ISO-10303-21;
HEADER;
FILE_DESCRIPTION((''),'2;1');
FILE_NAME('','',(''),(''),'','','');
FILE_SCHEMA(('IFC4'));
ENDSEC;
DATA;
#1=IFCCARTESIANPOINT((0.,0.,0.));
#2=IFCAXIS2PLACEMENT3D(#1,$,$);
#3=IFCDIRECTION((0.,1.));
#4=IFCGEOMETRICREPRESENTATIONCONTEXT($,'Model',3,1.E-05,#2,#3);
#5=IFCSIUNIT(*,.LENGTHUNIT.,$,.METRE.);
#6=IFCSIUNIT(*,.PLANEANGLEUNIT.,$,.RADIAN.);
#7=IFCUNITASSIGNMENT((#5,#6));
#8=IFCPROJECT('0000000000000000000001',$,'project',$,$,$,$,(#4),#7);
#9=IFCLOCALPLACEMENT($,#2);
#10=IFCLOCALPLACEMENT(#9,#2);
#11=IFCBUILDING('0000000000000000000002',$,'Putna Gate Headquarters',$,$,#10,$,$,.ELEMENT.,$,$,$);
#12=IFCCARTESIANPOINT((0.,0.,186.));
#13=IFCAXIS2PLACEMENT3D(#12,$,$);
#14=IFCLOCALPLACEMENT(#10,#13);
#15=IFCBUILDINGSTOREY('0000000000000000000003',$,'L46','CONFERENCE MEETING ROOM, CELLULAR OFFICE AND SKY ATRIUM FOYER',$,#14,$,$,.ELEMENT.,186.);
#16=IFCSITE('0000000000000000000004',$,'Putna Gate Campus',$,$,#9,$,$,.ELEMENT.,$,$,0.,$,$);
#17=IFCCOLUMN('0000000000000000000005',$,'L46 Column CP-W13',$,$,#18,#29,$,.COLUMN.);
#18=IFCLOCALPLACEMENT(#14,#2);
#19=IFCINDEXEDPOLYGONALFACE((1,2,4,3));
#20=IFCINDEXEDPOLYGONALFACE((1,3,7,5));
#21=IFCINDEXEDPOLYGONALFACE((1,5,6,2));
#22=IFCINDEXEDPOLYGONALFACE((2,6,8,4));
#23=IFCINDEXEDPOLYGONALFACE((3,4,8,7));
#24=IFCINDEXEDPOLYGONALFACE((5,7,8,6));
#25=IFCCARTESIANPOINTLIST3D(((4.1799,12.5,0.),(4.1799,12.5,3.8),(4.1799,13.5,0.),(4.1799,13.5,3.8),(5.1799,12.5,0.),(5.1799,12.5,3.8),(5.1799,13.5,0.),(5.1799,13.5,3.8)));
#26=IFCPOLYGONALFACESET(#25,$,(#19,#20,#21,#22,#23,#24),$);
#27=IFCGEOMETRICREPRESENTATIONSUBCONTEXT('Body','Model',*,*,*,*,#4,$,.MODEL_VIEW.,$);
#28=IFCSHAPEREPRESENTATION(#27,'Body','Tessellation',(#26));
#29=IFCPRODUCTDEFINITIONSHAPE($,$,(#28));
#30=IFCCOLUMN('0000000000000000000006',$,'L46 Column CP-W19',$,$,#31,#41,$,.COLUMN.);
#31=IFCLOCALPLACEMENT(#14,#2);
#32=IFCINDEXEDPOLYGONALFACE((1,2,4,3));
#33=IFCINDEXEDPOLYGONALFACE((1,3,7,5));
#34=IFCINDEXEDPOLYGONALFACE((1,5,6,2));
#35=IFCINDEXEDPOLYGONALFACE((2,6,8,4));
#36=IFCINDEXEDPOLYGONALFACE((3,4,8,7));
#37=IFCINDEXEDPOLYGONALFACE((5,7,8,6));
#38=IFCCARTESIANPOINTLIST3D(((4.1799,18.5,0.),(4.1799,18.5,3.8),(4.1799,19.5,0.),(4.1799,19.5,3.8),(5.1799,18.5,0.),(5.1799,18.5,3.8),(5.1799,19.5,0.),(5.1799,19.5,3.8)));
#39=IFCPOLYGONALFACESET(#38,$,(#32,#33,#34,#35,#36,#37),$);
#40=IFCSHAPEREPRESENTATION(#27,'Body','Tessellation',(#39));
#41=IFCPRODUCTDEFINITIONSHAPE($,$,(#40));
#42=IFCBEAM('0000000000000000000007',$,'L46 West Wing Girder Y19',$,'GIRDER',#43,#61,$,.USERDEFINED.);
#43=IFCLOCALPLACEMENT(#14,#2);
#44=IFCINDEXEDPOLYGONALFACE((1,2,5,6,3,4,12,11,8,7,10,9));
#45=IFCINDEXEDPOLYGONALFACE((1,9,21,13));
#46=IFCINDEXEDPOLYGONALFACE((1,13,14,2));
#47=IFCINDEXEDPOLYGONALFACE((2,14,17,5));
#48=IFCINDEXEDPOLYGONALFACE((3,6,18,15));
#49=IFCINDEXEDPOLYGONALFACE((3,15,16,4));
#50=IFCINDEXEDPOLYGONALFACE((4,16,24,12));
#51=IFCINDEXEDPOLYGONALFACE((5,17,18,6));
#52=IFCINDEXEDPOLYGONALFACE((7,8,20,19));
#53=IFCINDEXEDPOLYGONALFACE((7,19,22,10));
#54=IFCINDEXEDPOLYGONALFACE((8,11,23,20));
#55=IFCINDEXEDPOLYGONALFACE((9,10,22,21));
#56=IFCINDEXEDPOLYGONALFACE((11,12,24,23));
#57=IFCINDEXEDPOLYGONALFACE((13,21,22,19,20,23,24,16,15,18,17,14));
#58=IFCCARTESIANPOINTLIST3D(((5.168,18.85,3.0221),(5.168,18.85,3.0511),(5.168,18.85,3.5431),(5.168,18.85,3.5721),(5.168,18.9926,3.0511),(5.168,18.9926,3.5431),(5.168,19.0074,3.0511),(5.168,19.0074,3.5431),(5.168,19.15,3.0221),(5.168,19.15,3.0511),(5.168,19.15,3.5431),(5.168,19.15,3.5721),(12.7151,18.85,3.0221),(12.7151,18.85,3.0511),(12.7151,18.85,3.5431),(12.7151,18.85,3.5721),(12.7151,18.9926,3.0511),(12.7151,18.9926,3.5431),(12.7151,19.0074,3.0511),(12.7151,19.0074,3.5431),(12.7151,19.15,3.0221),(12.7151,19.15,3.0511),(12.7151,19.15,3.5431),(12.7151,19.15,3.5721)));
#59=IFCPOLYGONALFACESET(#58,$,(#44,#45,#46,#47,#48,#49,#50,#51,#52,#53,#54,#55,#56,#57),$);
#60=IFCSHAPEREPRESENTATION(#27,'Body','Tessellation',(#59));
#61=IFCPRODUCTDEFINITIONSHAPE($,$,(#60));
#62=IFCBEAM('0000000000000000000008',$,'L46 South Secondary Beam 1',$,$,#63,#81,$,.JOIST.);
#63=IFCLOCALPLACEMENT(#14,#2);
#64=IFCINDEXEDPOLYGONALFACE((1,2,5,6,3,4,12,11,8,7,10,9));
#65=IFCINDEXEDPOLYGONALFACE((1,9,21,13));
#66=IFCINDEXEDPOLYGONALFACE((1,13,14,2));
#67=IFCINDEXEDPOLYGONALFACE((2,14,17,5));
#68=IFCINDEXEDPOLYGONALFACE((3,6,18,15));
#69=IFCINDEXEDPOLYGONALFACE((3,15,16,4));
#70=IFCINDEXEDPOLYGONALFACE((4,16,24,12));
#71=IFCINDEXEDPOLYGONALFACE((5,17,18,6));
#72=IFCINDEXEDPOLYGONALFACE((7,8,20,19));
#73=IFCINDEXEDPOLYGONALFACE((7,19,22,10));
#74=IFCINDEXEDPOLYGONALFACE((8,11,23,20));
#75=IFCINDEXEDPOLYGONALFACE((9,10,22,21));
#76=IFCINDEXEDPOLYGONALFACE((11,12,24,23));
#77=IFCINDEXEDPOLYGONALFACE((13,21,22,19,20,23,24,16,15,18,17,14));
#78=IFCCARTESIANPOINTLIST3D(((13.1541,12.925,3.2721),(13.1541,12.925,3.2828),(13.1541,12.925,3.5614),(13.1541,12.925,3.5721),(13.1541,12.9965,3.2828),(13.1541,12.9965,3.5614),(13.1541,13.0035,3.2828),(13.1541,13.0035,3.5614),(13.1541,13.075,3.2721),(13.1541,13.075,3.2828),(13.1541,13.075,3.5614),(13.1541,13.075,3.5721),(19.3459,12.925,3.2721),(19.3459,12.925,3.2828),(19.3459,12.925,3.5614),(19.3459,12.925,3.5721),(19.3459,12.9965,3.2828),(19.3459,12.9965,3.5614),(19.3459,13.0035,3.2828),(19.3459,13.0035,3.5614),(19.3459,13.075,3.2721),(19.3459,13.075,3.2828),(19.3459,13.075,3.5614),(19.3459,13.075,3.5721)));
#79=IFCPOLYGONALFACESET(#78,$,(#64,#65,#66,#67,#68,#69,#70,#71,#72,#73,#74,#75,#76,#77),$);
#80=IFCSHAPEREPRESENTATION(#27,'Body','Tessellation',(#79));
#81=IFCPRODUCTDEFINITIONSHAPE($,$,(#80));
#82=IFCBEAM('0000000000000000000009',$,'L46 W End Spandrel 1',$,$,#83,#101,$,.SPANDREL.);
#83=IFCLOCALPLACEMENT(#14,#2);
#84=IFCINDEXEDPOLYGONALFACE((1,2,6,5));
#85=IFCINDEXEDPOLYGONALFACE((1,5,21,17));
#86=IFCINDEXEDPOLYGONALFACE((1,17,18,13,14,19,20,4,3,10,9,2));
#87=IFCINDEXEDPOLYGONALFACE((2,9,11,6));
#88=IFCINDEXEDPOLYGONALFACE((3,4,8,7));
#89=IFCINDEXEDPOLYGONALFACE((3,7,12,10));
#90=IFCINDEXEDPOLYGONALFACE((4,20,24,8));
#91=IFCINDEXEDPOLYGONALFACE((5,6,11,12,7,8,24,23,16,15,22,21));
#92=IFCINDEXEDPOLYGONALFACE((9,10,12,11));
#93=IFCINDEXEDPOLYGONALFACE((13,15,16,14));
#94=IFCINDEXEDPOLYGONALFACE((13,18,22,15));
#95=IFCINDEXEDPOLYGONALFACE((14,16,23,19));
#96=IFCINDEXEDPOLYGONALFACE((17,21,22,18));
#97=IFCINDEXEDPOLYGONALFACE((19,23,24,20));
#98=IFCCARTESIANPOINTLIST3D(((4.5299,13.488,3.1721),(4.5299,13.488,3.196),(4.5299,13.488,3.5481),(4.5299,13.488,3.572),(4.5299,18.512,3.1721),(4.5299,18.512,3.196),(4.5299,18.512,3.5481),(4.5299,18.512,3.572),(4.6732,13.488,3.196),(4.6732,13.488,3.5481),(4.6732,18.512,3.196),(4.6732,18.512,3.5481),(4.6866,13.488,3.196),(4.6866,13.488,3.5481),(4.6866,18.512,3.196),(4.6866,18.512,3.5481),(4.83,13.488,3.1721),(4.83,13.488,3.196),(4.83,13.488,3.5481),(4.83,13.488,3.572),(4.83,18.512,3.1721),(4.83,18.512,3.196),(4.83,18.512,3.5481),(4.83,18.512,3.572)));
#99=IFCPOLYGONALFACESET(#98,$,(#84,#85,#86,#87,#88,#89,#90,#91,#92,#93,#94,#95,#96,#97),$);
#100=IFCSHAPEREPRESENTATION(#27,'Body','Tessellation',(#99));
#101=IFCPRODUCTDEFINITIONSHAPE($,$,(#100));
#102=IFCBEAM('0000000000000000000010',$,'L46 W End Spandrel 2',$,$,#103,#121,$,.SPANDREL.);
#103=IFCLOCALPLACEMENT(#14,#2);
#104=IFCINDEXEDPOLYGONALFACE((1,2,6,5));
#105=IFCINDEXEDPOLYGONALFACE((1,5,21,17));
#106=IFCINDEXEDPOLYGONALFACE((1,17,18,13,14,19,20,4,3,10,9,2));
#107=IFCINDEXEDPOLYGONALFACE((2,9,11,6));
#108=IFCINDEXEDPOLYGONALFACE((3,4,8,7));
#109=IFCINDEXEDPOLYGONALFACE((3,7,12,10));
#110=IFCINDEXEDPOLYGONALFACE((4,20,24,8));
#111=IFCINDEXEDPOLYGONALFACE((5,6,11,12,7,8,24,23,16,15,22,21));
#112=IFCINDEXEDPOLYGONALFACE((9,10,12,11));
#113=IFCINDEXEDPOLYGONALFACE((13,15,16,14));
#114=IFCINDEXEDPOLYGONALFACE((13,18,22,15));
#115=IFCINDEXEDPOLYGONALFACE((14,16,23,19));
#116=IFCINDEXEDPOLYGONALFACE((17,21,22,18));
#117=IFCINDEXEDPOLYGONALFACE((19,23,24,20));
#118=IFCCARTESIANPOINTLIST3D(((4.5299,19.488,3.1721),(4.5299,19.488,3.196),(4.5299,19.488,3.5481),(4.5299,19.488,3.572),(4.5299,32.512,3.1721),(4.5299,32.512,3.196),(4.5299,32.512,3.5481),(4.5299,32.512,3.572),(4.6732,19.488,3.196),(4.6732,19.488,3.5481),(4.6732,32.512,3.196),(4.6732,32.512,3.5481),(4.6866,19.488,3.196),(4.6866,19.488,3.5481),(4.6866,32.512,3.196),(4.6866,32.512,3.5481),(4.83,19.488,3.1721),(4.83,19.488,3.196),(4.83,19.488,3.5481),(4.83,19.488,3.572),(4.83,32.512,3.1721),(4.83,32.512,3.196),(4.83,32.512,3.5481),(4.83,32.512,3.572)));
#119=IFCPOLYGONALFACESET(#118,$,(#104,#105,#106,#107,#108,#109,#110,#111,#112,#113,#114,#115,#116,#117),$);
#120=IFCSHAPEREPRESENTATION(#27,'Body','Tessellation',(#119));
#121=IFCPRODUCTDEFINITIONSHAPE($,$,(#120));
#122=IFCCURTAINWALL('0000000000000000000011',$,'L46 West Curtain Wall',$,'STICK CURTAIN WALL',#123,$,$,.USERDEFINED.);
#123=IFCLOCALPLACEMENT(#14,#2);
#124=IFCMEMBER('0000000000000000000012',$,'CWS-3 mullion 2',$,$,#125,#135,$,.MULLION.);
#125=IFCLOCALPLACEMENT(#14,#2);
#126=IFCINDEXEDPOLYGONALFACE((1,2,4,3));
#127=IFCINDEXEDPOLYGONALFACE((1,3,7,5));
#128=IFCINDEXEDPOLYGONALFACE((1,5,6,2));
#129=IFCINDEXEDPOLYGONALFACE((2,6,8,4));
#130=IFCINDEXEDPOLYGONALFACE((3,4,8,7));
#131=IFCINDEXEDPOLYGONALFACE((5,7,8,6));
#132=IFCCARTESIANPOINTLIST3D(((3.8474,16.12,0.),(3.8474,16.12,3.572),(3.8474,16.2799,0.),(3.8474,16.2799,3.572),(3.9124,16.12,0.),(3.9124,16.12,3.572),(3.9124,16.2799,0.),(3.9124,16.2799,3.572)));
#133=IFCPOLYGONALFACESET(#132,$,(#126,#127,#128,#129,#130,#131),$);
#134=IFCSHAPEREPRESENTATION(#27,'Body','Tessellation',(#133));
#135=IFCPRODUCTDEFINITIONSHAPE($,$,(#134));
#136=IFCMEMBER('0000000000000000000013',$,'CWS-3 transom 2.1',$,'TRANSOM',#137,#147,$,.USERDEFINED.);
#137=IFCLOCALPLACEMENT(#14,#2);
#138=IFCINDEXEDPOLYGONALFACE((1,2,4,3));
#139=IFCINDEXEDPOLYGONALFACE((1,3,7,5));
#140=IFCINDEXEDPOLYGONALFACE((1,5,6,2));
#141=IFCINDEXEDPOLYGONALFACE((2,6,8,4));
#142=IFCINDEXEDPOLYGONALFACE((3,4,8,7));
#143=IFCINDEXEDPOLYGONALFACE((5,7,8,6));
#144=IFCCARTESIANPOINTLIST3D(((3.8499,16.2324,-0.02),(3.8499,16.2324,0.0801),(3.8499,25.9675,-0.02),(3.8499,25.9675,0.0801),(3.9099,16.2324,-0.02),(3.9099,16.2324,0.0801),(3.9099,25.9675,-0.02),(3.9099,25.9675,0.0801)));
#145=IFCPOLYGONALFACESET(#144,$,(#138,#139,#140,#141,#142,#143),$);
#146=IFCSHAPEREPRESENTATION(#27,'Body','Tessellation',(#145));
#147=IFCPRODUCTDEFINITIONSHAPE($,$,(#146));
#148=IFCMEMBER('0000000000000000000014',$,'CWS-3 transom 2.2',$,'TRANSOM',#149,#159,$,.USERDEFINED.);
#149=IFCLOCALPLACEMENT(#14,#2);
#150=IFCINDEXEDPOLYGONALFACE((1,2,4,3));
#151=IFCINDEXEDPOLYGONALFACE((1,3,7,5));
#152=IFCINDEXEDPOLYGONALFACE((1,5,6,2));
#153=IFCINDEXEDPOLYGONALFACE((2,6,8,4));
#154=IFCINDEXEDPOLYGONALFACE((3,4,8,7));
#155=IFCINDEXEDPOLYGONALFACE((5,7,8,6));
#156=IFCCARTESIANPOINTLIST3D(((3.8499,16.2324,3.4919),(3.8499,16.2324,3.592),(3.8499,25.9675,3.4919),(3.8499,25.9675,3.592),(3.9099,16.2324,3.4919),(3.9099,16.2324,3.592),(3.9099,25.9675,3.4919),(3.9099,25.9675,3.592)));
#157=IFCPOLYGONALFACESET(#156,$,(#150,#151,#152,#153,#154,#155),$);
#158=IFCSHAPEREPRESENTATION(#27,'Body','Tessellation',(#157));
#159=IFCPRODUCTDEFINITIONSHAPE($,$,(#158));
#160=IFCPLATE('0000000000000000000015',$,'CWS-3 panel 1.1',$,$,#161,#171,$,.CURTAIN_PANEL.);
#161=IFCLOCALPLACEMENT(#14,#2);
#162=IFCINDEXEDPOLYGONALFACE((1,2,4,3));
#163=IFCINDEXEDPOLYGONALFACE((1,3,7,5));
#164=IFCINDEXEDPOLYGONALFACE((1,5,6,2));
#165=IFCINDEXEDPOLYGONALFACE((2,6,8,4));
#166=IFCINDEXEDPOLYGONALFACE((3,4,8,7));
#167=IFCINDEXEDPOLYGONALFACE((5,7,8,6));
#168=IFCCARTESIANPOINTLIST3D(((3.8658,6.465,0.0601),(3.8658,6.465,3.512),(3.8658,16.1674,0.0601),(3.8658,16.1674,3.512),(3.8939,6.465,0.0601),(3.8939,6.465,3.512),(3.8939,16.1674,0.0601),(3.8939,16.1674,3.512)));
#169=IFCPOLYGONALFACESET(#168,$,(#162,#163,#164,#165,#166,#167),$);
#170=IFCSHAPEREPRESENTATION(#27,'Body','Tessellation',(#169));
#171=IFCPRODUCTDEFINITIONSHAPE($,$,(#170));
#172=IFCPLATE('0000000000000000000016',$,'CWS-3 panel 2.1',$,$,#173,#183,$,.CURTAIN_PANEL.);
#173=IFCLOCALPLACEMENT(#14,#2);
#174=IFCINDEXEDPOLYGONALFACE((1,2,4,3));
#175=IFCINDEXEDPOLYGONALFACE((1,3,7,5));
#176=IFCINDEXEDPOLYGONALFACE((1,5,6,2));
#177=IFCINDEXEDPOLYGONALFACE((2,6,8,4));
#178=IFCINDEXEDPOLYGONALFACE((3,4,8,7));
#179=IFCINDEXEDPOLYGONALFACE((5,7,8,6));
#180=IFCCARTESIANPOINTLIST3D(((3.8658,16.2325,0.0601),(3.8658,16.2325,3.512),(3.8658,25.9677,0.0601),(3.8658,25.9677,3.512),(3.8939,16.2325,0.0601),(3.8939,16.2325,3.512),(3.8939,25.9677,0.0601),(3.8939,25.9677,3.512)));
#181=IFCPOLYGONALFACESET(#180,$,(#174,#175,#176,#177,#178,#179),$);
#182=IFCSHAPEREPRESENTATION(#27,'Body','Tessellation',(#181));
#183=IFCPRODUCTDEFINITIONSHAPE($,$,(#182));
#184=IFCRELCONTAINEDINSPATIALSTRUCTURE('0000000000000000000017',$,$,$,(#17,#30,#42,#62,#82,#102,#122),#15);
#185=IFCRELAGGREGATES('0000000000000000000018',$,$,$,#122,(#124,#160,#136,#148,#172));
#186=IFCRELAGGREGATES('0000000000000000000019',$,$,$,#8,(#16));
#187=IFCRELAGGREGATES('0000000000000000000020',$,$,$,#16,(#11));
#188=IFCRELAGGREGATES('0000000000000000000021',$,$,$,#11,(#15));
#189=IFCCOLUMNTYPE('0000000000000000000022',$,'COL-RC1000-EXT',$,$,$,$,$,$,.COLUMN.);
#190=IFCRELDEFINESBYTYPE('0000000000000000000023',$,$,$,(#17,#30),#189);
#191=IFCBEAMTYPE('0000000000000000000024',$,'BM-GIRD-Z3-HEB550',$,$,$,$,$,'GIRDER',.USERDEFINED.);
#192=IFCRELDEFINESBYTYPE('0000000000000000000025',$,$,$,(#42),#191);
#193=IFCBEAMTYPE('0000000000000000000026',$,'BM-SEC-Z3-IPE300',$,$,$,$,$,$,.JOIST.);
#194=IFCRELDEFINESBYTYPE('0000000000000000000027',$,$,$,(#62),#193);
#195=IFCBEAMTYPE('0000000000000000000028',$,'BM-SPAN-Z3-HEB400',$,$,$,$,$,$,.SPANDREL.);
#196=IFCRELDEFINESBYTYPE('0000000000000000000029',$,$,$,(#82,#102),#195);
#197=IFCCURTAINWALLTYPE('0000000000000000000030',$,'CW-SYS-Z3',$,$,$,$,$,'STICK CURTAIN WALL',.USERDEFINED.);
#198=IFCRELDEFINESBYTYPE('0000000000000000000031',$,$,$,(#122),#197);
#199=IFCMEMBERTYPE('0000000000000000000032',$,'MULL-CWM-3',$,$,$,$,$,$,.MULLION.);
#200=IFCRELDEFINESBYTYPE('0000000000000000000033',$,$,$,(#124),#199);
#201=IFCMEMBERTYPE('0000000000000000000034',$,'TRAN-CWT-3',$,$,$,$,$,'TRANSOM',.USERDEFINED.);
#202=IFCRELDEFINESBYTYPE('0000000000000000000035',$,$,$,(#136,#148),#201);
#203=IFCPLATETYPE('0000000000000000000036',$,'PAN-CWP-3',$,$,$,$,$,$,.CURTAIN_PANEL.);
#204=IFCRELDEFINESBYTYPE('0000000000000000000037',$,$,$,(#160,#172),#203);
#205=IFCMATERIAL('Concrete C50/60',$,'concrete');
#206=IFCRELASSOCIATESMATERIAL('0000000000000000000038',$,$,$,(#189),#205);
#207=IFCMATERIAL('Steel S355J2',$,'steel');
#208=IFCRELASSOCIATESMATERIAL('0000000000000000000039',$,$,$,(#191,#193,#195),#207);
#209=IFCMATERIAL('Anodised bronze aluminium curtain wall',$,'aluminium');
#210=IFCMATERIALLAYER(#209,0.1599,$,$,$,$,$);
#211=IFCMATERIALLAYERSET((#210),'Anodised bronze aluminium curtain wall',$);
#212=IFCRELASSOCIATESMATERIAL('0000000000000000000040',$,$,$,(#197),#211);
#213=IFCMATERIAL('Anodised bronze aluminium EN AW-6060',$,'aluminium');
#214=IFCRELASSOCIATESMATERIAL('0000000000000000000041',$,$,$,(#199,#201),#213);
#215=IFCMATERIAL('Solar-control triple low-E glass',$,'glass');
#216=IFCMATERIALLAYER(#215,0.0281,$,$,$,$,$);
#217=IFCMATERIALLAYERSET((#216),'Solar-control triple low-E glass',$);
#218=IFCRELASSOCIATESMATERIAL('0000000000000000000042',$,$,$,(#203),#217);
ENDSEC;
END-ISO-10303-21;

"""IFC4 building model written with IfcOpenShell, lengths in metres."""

from ifc_helpers import new_model, si_unit, direction, frame, origin, origin_2d, place, context, subcontext, project, spatial, rectangle, i_section, extrude, material, layer, layer_set, material_profile, profile_set, type_object, element, aggregate, save


model = new_model("IFC4")

# Units and contexts
model_context = context("Model", 3, precision=1e-05, world=origin(), true_north=direction((0.0, 1.0)))
body_context = subcontext(model_context, "Body", "Model", "MODEL_VIEW")
ifc_project = project(units=[si_unit("LENGTHUNIT", "METRE"), si_unit("PLANEANGLEUNIT", "RADIAN")], contexts=[model_context])

# Site, building, storey
site_placement = place(None, origin())
site = spatial("IfcSite", under=ifc_project, at=site_placement, Name="Putna Gate Campus", CompositionType="ELEMENT", RefElevation=0.0)
building_placement = place(site_placement, origin())
building = spatial("IfcBuilding", under=site, at=building_placement, Name="Putna Gate Headquarters", CompositionType="ELEMENT")
storey_placement = place(building_placement, frame((0.0, 0.0, 186.0)))
storey = spatial("IfcBuildingStorey", under=building, at=storey_placement, Name="L46", Description="CONFERENCE MEETING ROOM, CELLULAR OFFICE AND SKY ATRIUM FOYER", CompositionType="ELEMENT", Elevation=186.0)

# Columns
ifc_material_1 = material(Name="Concrete C50/60", Category="concrete")
ifc_material_profile_1 = material_profile(ifc_material_1, rectangle(XDim=1.0, YDim=1.0, at=origin_2d()), Name="Concrete C50/60")
ifc_profile_set_1 = profile_set([ifc_material_profile_1], Name="Concrete C50/60")
column_type = type_object("IfcColumnType", Name="COL-RC1000-EXT", PredefinedType="COLUMN", material=ifc_profile_set_1)
for number, where, z_axis, x_axis, name in (
    (1, (4.6799, 13.0, 0.0), (0.0, 0.0, 1.0), (1.0, 0.0, 0.0), "L46 Column CP-W13"),
    (2, (4.6799, 19.0, 0.0), (0.0, 0.0, 1.0), (1.0, 0.0, 0.0), "L46 Column CP-W19"),
):
    element("IfcColumn", number, at=place(storey_placement, frame(where, z_axis=z_axis, x_axis=x_axis)), inside=storey, type_object=column_type, Name=name, PredefinedType="COLUMN", context=body_context, shape_type="SweptSolid", body=[
        extrude(rectangle(XDim=1.0, YDim=1.0, at=origin_2d()), origin(), (0.0, 0.0, 1.0), 3.8),
    ])

# Beams
ifc_material_2 = material(Name="Steel S355J2", Category="steel")
ifc_material_profile_2 = material_profile(ifc_material_2, i_section(OverallWidth=0.3, OverallDepth=0.55, WebThickness=0.0149, FlangeThickness=0.0291, at=origin_2d()), Name="Steel S355J2")
ifc_profile_set_2 = profile_set([ifc_material_profile_2], Name="Steel S355J2")
beam_type_1 = type_object("IfcBeamType", Name="BM-GIRD-Z3-HEB550", ElementType="GIRDER", PredefinedType="USERDEFINED", material=ifc_profile_set_2)
beam_1_placement = place(storey_placement, frame((5.168, 19.0, 3.2971), z_axis=(1.0, 0.0, 0.0), x_axis=(0.0, 1.0, 0.0)))
element("IfcBeam", 3, at=beam_1_placement, inside=storey, type_object=beam_type_1, Name="L46 West Wing Girder Y19", ObjectType="GIRDER", PredefinedType="USERDEFINED", context=body_context, shape_type="SweptSolid", body=[
    extrude(i_section(OverallWidth=0.3, OverallDepth=0.55, WebThickness=0.0149, FlangeThickness=0.0291, at=origin_2d()), origin(), (0.0, 0.0, 1.0), 7.5471),
])
ifc_material_profile_3 = material_profile(ifc_material_2, i_section(OverallWidth=0.1499, OverallDepth=0.3, WebThickness=0.0071, FlangeThickness=0.0107, at=origin_2d()), Name="Steel S355J2")
ifc_profile_set_3 = profile_set([ifc_material_profile_3], Name="Steel S355J2")
beam_type_2 = type_object("IfcBeamType", Name="BM-SEC-Z3-IPE300", PredefinedType="JOIST", material=ifc_profile_set_3)
beam_2_placement = place(storey_placement, frame((13.1541, 13.0, 3.4221), z_axis=(1.0, 0.0, 0.0), x_axis=(0.0, 1.0, 0.0)))
element("IfcBeam", 4, at=beam_2_placement, inside=storey, type_object=beam_type_2, Name="L46 South Secondary Beam 1", PredefinedType="JOIST", context=body_context, shape_type="SweptSolid", body=[
    extrude(i_section(OverallWidth=0.1499, OverallDepth=0.3, WebThickness=0.0071, FlangeThickness=0.0107, at=origin_2d()), origin(), (0.0, 0.0, 1.0), 6.1919),
])
ifc_material_profile_4 = material_profile(ifc_material_2, i_section(OverallWidth=0.3, OverallDepth=0.3999, WebThickness=0.0134, FlangeThickness=0.0239, at=origin_2d()), Name="Steel S355J2")
ifc_profile_set_4 = profile_set([ifc_material_profile_4], Name="Steel S355J2")
beam_type_3 = type_object("IfcBeamType", Name="BM-SPAN-Z3-HEB400", PredefinedType="SPANDREL", material=ifc_profile_set_4)
beam_3_placement = place(storey_placement, frame((4.6799, 13.488, 3.3721), z_axis=(0.0, 1.0, 0.0), x_axis=(-1.0, 0.0, 0.0)))
element("IfcBeam", 5, at=beam_3_placement, inside=storey, type_object=beam_type_3, Name="L46 W End Spandrel 1", PredefinedType="SPANDREL", context=body_context, shape_type="SweptSolid", body=[
    extrude(i_section(OverallWidth=0.3, OverallDepth=0.3999, WebThickness=0.0134, FlangeThickness=0.0239, at=origin_2d()), origin(), (0.0, 0.0, 1.0), 5.0239),
])
beam_4_placement = place(storey_placement, frame((4.6799, 19.488, 3.3721), z_axis=(0.0, 1.0, 0.0), x_axis=(-1.0, 0.0, 0.0)))
element("IfcBeam", 6, at=beam_4_placement, inside=storey, type_object=beam_type_3, Name="L46 W End Spandrel 2", PredefinedType="SPANDREL", context=body_context, shape_type="SweptSolid", body=[
    extrude(i_section(OverallWidth=0.3, OverallDepth=0.3999, WebThickness=0.0134, FlangeThickness=0.0239, at=origin_2d()), origin(), (0.0, 0.0, 1.0), 13.0239),
])

# Curtain wall, members, plates
ifc_material_3 = material(Name="Anodised bronze aluminium curtain wall", Category="aluminium")
ifc_layer_1 = layer(ifc_material_3, 0.1599)
ifc_layer_set_1 = layer_set([ifc_layer_1], Name="Anodised bronze aluminium curtain wall")
curtain_wall_type = type_object("IfcCurtainWallType", Name="CW-SYS-Z3", ElementType="STICK CURTAIN WALL", PredefinedType="USERDEFINED", material=ifc_layer_set_1)
curtain_wall_placement = place(storey_placement, origin())
curtain_wall = element("IfcCurtainWall", 7, at=curtain_wall_placement, inside=storey, type_object=curtain_wall_type, Name="L46 West Curtain Wall", ObjectType="STICK CURTAIN WALL", PredefinedType="USERDEFINED")
ifc_material_4 = material(Name="Anodised bronze aluminium EN AW-6060", Category="aluminium")
ifc_material_profile_5 = material_profile(ifc_material_4, rectangle(XDim=0.0649, YDim=0.1599, at=origin_2d()), Name="Anodised bronze aluminium EN AW-6060")
ifc_profile_set_5 = profile_set([ifc_material_profile_5], Name="Anodised bronze aluminium EN AW-6060")
member_type_1 = type_object("IfcMemberType", Name="MULL-CWM-3", PredefinedType="MULLION", material=ifc_profile_set_5)
member_1_placement = place(storey_placement, frame((3.8799, 16.2, 0.0), z_axis=(0.0, 0.0, 1.0), x_axis=(-1.0, 0.0, 0.0)))
member_1 = element("IfcMember", 8, at=member_1_placement, type_object=member_type_1, Name="CWS-3 mullion 2", PredefinedType="MULLION", context=body_context, shape_type="SweptSolid", body=[
    extrude(rectangle(XDim=0.0649, YDim=0.1599, at=origin_2d()), origin(), (0.0, 0.0, 1.0), 3.572),
])
ifc_material_profile_6 = material_profile(ifc_material_4, rectangle(XDim=0.0601, YDim=0.1001, at=origin_2d()), Name="Anodised bronze aluminium EN AW-6060")
ifc_profile_set_6 = profile_set([ifc_material_profile_6], Name="Anodised bronze aluminium EN AW-6060")
member_type_2 = type_object("IfcMemberType", Name="TRAN-CWT-3", ElementType="TRANSOM", PredefinedType="USERDEFINED", material=ifc_profile_set_6)
member_2_placement = place(storey_placement, frame((3.8799, 16.2324, 0.03), z_axis=(0.0, 1.0, 0.0), x_axis=(-1.0, 0.0, 0.0)))
member_2 = element("IfcMember", 9, at=member_2_placement, type_object=member_type_2, Name="CWS-3 transom 2.1", ObjectType="TRANSOM", PredefinedType="USERDEFINED", context=body_context, shape_type="SweptSolid", body=[
    extrude(rectangle(XDim=0.0601, YDim=0.1001, at=origin_2d()), origin(), (0.0, 0.0, 1.0), 9.7351),
])
member_3_placement = place(storey_placement, frame((3.8799, 16.2324, 3.542), z_axis=(0.0, 1.0, 0.0), x_axis=(-1.0, 0.0, 0.0)))
member_3 = element("IfcMember", 10, at=member_3_placement, type_object=member_type_2, Name="CWS-3 transom 2.2", ObjectType="TRANSOM", PredefinedType="USERDEFINED", context=body_context, shape_type="SweptSolid", body=[
    extrude(rectangle(XDim=0.0601, YDim=0.1001, at=origin_2d()), origin(), (0.0, 0.0, 1.0), 9.7351),
])
ifc_material_5 = material(Name="Solar-control triple low-E glass", Category="glass")
ifc_layer_2 = layer(ifc_material_5, 0.0281)
ifc_layer_set_2 = layer_set([ifc_layer_2], Name="Solar-control triple low-E glass")
plate_type = type_object("IfcPlateType", Name="PAN-CWP-3", PredefinedType="CURTAIN_PANEL", material=ifc_layer_set_2)
plate_1_placement = place(storey_placement, frame((3.8799, 11.3162, 0.0601), z_axis=(0.0, 0.0, 1.0), x_axis=(0.0, 1.0, 0.0)))
plate_1 = element("IfcPlate", 11, at=plate_1_placement, type_object=plate_type, Name="CWS-3 panel 1.1", PredefinedType="CURTAIN_PANEL", context=body_context, shape_type="SweptSolid", body=[
    extrude(rectangle(XDim=9.7024, YDim=0.0281, at=origin_2d()), origin(), (0.0, 0.0, 1.0), 3.4519),
])
plate_2_placement = place(storey_placement, frame((3.8799, 21.1001, 0.0601), z_axis=(0.0, 0.0, 1.0), x_axis=(0.0, 1.0, 0.0)))
plate_2 = element("IfcPlate", 12, at=plate_2_placement, type_object=plate_type, Name="CWS-3 panel 2.1", PredefinedType="CURTAIN_PANEL", context=body_context, shape_type="SweptSolid", body=[
    extrude(rectangle(XDim=9.7351, YDim=0.0281, at=origin_2d()), origin(), (0.0, 0.0, 1.0), 3.4519),
])
aggregate(curtain_wall, [member_1, plate_1, member_2, member_3, plate_2])

save(model, "model.ifc")
